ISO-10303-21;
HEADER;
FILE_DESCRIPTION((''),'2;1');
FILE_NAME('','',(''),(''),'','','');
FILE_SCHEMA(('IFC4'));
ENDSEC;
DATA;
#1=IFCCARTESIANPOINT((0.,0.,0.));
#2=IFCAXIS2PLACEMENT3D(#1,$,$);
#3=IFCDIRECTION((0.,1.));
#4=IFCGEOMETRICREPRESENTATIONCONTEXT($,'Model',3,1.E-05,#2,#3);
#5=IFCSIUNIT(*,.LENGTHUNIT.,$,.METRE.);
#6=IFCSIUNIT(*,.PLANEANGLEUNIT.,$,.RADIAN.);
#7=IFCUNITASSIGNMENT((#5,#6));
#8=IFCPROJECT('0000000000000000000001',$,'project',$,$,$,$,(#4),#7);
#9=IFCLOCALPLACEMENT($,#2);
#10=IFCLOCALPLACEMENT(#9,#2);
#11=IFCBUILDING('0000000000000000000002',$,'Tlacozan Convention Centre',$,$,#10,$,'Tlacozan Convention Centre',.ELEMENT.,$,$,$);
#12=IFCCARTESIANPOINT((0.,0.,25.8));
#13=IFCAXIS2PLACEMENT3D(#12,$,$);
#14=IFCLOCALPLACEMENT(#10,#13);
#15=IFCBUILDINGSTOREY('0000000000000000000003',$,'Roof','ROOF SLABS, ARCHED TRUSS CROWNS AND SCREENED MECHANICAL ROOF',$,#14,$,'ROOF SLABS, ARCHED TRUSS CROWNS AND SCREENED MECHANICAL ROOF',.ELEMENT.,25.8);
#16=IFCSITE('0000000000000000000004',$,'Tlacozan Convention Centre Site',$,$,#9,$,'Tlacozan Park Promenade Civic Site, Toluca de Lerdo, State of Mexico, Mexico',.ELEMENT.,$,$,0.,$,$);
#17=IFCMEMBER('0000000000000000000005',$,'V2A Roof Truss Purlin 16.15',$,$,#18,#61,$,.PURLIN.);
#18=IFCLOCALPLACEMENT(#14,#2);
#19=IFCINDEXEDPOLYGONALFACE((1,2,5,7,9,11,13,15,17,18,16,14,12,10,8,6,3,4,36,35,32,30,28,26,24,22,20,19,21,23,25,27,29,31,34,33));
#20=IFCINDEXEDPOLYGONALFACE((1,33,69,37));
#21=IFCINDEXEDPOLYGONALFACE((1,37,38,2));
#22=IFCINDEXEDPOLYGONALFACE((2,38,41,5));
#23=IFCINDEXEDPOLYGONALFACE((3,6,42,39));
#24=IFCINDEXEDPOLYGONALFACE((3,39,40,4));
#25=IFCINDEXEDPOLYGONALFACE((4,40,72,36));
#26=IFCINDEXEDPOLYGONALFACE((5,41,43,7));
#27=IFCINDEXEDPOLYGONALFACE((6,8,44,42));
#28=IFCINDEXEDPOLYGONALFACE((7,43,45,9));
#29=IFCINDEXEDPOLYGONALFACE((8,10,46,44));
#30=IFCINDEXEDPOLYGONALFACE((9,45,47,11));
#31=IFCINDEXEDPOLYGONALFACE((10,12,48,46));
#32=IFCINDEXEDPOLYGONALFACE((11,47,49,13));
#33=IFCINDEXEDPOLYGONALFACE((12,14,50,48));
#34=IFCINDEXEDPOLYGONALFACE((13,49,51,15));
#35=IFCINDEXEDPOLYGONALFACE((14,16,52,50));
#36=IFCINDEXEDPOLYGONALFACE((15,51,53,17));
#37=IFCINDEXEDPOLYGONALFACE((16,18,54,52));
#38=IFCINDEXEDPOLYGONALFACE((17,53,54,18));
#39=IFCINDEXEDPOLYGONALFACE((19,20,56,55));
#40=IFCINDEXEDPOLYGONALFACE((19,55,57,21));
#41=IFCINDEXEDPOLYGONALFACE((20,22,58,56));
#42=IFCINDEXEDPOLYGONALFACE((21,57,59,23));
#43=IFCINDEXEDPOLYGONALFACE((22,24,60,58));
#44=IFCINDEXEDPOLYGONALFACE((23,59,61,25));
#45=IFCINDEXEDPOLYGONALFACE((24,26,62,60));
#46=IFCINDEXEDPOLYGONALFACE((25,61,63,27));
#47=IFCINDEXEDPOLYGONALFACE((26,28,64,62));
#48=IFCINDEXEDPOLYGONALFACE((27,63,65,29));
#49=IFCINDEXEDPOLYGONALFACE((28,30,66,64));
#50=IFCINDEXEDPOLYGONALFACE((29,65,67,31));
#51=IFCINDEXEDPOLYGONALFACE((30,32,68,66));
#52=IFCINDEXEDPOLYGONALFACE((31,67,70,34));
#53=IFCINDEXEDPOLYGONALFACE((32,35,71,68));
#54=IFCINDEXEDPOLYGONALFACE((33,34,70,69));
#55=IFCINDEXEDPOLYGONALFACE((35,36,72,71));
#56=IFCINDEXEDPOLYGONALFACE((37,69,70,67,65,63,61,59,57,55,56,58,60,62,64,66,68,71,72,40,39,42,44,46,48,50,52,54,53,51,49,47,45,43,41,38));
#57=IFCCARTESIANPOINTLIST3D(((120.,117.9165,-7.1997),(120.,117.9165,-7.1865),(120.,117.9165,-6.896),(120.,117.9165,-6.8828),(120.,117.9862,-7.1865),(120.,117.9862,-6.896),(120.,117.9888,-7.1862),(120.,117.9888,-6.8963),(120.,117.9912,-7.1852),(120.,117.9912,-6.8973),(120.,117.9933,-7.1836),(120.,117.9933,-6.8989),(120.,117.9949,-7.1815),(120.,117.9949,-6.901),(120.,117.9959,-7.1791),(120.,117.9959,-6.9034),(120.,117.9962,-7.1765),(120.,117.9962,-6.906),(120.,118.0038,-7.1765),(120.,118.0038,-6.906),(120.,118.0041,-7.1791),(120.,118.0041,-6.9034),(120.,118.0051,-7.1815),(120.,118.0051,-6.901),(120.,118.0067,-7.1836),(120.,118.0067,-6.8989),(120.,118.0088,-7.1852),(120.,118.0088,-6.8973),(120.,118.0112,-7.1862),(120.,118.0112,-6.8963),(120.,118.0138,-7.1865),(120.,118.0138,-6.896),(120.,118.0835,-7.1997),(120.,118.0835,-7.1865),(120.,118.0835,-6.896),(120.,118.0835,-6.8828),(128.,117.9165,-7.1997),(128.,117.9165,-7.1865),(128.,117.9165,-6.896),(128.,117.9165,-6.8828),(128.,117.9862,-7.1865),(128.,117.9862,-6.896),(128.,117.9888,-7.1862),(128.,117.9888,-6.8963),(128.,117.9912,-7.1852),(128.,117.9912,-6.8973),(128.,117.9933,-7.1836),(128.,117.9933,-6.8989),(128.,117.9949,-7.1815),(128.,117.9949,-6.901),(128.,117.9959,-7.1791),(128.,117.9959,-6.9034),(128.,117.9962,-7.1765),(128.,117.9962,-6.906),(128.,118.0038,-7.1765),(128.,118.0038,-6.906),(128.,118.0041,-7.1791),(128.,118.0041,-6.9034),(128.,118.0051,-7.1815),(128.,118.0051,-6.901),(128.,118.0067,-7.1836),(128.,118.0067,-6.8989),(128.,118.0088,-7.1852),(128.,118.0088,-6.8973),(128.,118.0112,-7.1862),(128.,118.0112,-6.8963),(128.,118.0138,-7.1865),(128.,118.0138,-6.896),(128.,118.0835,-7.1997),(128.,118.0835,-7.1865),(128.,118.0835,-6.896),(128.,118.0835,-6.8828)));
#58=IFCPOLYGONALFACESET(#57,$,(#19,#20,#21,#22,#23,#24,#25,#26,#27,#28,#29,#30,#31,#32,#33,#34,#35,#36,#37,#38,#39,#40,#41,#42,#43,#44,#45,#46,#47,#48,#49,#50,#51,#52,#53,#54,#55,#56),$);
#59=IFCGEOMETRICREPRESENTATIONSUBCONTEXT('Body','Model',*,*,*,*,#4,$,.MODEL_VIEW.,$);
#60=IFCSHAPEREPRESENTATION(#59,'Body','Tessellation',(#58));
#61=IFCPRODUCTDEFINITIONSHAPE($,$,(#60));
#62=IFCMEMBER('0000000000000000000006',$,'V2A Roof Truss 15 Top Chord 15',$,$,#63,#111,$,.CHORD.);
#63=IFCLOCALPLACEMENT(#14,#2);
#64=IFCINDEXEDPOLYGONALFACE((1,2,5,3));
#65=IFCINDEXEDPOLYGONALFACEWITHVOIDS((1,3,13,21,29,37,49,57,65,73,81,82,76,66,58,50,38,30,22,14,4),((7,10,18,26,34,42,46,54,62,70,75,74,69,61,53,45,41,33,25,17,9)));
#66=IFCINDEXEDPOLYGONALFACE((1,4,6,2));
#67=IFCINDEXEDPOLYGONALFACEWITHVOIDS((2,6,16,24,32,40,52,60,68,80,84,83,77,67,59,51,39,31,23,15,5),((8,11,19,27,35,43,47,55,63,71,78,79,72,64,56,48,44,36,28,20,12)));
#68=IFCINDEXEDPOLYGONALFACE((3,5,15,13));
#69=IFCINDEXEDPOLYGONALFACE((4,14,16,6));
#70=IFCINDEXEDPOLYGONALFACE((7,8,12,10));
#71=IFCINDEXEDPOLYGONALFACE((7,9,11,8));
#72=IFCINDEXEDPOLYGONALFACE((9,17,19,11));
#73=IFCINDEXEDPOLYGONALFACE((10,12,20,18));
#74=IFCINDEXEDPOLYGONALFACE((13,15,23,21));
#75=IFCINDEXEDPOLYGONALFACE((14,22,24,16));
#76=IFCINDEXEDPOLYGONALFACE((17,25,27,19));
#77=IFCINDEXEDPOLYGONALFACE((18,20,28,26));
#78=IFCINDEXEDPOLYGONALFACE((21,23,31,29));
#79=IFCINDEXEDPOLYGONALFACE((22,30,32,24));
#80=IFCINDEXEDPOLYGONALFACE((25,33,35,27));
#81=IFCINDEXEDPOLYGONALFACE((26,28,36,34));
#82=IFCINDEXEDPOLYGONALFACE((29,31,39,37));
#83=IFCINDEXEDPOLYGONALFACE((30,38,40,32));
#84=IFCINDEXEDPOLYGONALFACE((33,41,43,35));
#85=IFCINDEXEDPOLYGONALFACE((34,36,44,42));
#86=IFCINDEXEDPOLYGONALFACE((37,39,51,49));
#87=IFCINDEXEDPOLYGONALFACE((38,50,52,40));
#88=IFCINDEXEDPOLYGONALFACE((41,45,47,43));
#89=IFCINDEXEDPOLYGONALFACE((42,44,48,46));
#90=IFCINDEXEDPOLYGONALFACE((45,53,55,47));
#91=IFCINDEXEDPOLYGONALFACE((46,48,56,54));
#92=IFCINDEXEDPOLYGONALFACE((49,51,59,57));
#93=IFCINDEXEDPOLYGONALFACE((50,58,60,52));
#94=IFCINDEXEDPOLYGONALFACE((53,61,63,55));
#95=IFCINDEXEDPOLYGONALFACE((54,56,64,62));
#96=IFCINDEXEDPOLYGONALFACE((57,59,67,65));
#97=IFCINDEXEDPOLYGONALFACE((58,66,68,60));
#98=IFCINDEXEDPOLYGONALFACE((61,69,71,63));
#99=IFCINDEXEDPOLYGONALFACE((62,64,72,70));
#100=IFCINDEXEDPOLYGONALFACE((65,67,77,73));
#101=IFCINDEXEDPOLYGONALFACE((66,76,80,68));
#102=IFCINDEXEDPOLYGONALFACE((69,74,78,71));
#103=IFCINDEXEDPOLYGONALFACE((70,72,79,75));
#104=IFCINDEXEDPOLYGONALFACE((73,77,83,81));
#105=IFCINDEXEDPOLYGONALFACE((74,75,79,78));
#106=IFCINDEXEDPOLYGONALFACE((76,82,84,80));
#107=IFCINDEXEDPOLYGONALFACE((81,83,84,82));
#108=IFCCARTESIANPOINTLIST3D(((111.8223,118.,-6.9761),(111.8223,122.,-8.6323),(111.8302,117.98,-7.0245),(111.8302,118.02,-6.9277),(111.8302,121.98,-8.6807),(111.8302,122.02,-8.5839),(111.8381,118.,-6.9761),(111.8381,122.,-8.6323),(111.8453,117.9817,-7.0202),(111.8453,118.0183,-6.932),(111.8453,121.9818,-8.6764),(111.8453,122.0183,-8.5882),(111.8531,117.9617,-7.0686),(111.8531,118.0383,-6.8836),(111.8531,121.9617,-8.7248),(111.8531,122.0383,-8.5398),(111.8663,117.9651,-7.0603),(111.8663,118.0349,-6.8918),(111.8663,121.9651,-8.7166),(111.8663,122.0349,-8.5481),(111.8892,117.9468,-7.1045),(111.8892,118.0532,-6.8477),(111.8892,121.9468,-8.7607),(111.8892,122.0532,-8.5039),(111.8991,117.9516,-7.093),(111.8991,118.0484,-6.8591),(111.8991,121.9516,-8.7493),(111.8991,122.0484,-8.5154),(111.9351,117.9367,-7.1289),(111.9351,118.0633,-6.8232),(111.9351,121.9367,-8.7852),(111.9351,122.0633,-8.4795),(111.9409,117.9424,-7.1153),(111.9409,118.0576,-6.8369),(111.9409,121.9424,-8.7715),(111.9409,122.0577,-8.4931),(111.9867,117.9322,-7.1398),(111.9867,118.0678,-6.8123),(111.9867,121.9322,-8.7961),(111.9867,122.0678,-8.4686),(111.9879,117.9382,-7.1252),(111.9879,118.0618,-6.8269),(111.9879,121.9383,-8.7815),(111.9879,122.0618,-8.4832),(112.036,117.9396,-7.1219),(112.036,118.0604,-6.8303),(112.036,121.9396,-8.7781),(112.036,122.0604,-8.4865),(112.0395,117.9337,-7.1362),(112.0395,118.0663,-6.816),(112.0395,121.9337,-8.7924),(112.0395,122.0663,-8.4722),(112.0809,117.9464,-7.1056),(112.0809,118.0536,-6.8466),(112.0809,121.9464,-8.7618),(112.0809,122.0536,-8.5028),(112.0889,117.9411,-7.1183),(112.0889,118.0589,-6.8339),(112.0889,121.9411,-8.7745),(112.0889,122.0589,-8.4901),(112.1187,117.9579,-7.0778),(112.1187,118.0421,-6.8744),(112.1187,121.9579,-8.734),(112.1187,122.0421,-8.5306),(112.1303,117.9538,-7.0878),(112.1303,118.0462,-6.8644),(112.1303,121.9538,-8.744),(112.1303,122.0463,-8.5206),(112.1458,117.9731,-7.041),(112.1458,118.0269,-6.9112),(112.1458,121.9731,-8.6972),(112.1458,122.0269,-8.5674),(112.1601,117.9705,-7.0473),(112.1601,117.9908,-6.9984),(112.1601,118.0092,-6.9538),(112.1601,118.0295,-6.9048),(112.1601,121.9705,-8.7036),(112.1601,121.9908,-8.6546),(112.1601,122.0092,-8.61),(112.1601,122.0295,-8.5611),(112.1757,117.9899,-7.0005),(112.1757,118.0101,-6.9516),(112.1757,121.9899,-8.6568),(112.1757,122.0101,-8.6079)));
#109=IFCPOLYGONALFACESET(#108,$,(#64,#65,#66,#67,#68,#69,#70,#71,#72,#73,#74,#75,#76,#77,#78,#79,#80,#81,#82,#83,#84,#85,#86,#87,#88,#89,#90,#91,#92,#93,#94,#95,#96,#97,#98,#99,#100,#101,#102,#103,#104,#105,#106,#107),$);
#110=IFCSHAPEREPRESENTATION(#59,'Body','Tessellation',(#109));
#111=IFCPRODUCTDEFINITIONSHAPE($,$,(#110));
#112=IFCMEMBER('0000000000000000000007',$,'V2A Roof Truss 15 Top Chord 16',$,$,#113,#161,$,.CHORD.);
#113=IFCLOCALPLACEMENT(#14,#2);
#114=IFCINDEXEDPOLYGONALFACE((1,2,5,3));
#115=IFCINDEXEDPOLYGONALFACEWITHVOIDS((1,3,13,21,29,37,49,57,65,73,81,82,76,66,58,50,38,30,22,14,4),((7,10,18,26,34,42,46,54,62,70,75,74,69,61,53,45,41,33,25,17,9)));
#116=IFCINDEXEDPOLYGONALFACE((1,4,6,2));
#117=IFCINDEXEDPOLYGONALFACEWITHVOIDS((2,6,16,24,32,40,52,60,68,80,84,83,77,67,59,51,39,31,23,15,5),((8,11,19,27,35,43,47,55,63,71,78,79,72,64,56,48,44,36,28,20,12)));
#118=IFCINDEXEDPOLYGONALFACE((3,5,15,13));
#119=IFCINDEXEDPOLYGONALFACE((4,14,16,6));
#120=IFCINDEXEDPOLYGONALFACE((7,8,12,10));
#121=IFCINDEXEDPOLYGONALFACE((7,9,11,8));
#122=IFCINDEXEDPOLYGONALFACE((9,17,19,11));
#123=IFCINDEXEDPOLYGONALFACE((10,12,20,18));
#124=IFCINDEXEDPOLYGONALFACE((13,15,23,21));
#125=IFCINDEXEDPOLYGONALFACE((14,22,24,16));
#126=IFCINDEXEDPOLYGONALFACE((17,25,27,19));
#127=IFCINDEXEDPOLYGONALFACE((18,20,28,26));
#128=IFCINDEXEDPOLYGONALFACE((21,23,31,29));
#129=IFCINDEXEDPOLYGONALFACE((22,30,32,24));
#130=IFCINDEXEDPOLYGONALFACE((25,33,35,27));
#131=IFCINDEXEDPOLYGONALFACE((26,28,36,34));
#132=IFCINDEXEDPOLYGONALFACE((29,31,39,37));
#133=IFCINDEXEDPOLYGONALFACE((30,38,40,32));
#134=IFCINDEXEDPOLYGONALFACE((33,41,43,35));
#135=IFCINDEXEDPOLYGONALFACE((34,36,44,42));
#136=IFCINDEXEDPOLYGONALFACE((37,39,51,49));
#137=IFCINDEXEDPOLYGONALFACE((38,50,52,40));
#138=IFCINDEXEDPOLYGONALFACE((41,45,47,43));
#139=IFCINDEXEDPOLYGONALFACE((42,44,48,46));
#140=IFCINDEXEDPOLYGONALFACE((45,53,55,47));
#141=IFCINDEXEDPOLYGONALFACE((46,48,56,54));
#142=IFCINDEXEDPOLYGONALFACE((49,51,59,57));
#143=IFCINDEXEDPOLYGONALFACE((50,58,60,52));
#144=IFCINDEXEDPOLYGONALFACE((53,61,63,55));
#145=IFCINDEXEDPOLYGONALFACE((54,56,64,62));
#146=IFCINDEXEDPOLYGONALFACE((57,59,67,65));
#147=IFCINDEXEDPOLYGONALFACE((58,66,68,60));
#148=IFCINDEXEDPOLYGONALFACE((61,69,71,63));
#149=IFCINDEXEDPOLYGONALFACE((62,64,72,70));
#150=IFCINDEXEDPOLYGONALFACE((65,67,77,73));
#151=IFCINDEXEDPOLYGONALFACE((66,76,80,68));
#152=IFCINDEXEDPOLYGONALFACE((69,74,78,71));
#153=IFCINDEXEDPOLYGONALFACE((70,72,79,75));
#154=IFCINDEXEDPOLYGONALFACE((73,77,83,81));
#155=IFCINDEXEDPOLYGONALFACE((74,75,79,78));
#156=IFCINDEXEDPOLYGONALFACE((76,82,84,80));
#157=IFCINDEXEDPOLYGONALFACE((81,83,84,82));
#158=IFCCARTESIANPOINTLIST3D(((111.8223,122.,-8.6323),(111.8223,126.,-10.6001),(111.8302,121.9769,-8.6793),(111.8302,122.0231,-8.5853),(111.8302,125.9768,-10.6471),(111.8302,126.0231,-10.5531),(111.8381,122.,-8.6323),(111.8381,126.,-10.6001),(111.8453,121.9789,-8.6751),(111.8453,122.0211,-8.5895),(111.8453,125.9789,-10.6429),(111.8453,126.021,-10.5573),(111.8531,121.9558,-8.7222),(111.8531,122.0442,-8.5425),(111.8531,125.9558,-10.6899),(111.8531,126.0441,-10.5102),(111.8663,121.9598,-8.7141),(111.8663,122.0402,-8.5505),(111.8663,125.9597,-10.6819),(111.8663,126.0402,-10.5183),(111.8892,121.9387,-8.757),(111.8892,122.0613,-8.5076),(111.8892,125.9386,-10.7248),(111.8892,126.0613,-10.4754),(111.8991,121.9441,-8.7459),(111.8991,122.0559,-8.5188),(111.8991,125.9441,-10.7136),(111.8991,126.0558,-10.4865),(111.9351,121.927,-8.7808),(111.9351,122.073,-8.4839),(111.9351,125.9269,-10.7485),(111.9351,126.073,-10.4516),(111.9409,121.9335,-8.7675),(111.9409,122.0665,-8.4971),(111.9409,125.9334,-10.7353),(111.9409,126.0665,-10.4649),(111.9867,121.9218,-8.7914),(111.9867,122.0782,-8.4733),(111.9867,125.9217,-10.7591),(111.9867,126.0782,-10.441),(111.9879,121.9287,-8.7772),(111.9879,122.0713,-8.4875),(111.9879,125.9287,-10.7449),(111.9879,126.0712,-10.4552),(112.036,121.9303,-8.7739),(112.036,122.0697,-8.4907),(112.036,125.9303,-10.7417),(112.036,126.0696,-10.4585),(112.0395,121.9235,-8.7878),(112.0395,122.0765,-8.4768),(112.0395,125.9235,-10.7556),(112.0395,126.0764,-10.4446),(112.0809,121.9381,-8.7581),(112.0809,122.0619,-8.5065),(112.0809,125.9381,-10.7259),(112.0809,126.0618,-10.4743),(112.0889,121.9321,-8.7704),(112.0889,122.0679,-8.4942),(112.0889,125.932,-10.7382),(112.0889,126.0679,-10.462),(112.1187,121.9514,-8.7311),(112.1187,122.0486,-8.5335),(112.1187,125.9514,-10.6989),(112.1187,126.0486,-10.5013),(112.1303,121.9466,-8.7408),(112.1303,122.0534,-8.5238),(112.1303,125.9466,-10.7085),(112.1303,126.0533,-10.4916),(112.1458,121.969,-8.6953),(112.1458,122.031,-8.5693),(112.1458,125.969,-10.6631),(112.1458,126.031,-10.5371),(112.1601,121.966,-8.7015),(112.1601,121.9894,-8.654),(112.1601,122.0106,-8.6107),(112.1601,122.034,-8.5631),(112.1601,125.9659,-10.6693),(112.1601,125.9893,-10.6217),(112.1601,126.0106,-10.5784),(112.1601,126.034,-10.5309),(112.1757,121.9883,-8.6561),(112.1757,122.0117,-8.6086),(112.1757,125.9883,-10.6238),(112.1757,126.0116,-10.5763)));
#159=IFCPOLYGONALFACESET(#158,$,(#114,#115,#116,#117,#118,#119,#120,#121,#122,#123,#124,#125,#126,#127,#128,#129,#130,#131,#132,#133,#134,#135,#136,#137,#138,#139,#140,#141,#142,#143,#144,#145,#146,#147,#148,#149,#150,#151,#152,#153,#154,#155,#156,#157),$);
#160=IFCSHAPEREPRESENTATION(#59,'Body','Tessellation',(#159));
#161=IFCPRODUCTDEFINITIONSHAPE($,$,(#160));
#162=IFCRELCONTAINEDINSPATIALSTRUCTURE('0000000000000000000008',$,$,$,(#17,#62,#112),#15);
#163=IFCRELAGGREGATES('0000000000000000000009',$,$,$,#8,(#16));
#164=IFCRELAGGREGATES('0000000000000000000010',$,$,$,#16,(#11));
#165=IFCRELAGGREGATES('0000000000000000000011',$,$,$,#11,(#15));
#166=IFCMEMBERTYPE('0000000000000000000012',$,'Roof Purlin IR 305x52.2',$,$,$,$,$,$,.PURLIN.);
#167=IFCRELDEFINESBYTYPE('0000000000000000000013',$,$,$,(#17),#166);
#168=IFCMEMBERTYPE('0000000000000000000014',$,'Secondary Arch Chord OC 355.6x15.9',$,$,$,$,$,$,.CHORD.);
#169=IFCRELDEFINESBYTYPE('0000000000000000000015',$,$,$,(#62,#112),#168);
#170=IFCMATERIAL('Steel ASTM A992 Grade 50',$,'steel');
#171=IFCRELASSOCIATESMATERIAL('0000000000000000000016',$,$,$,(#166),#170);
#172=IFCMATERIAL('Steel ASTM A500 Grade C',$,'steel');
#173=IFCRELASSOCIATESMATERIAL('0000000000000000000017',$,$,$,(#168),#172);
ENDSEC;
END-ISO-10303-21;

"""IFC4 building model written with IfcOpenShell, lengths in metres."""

from ifc_helpers import new_model, si_unit, direction, frame, origin, origin_2d, place, context, subcontext, project, spatial, hollow_circle, i_section, extrude, material, material_profile, profile_set, type_object, element, save


model = new_model("IFC4")

# Units and contexts
model_context = context("Model", 3, precision=1e-05, world=origin(), true_north=direction((0.0, 1.0)))
body_context = subcontext(model_context, "Body", "Model", "MODEL_VIEW")
ifc_project = project(units=[si_unit("LENGTHUNIT", "METRE"), si_unit("PLANEANGLEUNIT", "RADIAN")], contexts=[model_context])

# Site, building, storey
site_placement = place(None, origin())
site = spatial("IfcSite", under=ifc_project, at=site_placement, Name="Tlacozan Convention Centre Site", LongName="Tlacozan Park Promenade Civic Site, Toluca de Lerdo, State of Mexico, Mexico", CompositionType="ELEMENT", RefElevation=0.0)
building_placement = place(site_placement, origin())
building = spatial("IfcBuilding", under=site, at=building_placement, Name="Tlacozan Convention Centre", LongName="Tlacozan Convention Centre", CompositionType="ELEMENT")
storey_placement = place(building_placement, frame((0.0, 0.0, 25.8)))
storey = spatial("IfcBuildingStorey", under=building, at=storey_placement, Name="Roof", Description="ROOF SLABS, ARCHED TRUSS CROWNS AND SCREENED MECHANICAL ROOF", LongName="ROOF SLABS, ARCHED TRUSS CROWNS AND SCREENED MECHANICAL ROOF", CompositionType="ELEMENT", Elevation=25.8)

# Members
ifc_material_1 = material(Name="Steel ASTM A500 Grade C", Category="steel")
ifc_material_2 = material(Name="Steel ASTM A992 Grade 50", Category="steel")
ifc_material_profile_1 = material_profile(ifc_material_2, i_section(OverallWidth=0.167, OverallDepth=0.3169, WebThickness=0.0076, FlangeThickness=0.0132, FilletRadius=0.01, at=origin_2d()), Name="IR 305x52.2")
ifc_profile_set_1 = profile_set([ifc_material_profile_1], Name="Steel ASTM A992 Grade 50")
member_type_1 = type_object("IfcMemberType", Name="Roof Purlin IR 305x52.2", PredefinedType="PURLIN", material=ifc_profile_set_1)
for number, where, z_axis, x_axis, name in (
    (1, (120.0, 118.0, -7.0413), (1.0, 0.0, 0.0), (0.0, 1.0, 0.0), "V2A Roof Truss Purlin 16.15"),
):
    element("IfcMember", number, at=place(storey_placement, frame(where, z_axis=z_axis, x_axis=x_axis)), inside=storey, type_object=member_type_1, Name=name, PredefinedType="PURLIN", context=body_context, shape_type="SweptSolid", body=[
        extrude(i_section(OverallWidth=0.167, OverallDepth=0.3169, WebThickness=0.0076, FlangeThickness=0.0132, FilletRadius=0.01, at=origin_2d()), origin(), (0.0, 0.0, 1.0), 8.0),
    ])
ifc_material_profile_2 = material_profile(ifc_material_1, hollow_circle(Radius=0.1777, WallThickness=0.0159, at=origin_2d()), Name="OC 355.6x15.9")
ifc_profile_set_2 = profile_set([ifc_material_profile_2], Name="Steel ASTM A500 Grade C")
member_type_2 = type_object("IfcMemberType", Name="Secondary Arch Chord OC 355.6x15.9", PredefinedType="CHORD", material=ifc_profile_set_2)
member_1_placement = place(storey_placement, frame((112.0, 118.0, -6.9761), z_axis=(0.0, 0.923929, -0.382564), x_axis=(-1.0, 0.0, 0.0)))
element("IfcMember", 2, at=member_1_placement, inside=storey, type_object=member_type_2, Name="V2A Roof Truss 15 Top Chord 15", PredefinedType="CHORD", context=body_context, shape_type="SweptSolid", body=[
    extrude(hollow_circle(Radius=0.1777, WallThickness=0.0159, at=origin_2d()), origin(), (0.0, 0.0, 1.0), 4.3293),
])
member_2_placement = place(storey_placement, frame((112.0, 122.0, -8.6323), z_axis=(0.0, 0.8973, -0.441421), x_axis=(-1.0, 0.0, 0.0)))
element("IfcMember", 3, at=member_2_placement, inside=storey, type_object=member_type_2, Name="V2A Roof Truss 15 Top Chord 16", PredefinedType="CHORD", context=body_context, shape_type="SweptSolid", body=[
    extrude(hollow_circle(Radius=0.1777, WallThickness=0.0159, at=origin_2d()), origin(), (0.0, 0.0, 1.0), 4.4578),
])

save(model, "model.ifc")
